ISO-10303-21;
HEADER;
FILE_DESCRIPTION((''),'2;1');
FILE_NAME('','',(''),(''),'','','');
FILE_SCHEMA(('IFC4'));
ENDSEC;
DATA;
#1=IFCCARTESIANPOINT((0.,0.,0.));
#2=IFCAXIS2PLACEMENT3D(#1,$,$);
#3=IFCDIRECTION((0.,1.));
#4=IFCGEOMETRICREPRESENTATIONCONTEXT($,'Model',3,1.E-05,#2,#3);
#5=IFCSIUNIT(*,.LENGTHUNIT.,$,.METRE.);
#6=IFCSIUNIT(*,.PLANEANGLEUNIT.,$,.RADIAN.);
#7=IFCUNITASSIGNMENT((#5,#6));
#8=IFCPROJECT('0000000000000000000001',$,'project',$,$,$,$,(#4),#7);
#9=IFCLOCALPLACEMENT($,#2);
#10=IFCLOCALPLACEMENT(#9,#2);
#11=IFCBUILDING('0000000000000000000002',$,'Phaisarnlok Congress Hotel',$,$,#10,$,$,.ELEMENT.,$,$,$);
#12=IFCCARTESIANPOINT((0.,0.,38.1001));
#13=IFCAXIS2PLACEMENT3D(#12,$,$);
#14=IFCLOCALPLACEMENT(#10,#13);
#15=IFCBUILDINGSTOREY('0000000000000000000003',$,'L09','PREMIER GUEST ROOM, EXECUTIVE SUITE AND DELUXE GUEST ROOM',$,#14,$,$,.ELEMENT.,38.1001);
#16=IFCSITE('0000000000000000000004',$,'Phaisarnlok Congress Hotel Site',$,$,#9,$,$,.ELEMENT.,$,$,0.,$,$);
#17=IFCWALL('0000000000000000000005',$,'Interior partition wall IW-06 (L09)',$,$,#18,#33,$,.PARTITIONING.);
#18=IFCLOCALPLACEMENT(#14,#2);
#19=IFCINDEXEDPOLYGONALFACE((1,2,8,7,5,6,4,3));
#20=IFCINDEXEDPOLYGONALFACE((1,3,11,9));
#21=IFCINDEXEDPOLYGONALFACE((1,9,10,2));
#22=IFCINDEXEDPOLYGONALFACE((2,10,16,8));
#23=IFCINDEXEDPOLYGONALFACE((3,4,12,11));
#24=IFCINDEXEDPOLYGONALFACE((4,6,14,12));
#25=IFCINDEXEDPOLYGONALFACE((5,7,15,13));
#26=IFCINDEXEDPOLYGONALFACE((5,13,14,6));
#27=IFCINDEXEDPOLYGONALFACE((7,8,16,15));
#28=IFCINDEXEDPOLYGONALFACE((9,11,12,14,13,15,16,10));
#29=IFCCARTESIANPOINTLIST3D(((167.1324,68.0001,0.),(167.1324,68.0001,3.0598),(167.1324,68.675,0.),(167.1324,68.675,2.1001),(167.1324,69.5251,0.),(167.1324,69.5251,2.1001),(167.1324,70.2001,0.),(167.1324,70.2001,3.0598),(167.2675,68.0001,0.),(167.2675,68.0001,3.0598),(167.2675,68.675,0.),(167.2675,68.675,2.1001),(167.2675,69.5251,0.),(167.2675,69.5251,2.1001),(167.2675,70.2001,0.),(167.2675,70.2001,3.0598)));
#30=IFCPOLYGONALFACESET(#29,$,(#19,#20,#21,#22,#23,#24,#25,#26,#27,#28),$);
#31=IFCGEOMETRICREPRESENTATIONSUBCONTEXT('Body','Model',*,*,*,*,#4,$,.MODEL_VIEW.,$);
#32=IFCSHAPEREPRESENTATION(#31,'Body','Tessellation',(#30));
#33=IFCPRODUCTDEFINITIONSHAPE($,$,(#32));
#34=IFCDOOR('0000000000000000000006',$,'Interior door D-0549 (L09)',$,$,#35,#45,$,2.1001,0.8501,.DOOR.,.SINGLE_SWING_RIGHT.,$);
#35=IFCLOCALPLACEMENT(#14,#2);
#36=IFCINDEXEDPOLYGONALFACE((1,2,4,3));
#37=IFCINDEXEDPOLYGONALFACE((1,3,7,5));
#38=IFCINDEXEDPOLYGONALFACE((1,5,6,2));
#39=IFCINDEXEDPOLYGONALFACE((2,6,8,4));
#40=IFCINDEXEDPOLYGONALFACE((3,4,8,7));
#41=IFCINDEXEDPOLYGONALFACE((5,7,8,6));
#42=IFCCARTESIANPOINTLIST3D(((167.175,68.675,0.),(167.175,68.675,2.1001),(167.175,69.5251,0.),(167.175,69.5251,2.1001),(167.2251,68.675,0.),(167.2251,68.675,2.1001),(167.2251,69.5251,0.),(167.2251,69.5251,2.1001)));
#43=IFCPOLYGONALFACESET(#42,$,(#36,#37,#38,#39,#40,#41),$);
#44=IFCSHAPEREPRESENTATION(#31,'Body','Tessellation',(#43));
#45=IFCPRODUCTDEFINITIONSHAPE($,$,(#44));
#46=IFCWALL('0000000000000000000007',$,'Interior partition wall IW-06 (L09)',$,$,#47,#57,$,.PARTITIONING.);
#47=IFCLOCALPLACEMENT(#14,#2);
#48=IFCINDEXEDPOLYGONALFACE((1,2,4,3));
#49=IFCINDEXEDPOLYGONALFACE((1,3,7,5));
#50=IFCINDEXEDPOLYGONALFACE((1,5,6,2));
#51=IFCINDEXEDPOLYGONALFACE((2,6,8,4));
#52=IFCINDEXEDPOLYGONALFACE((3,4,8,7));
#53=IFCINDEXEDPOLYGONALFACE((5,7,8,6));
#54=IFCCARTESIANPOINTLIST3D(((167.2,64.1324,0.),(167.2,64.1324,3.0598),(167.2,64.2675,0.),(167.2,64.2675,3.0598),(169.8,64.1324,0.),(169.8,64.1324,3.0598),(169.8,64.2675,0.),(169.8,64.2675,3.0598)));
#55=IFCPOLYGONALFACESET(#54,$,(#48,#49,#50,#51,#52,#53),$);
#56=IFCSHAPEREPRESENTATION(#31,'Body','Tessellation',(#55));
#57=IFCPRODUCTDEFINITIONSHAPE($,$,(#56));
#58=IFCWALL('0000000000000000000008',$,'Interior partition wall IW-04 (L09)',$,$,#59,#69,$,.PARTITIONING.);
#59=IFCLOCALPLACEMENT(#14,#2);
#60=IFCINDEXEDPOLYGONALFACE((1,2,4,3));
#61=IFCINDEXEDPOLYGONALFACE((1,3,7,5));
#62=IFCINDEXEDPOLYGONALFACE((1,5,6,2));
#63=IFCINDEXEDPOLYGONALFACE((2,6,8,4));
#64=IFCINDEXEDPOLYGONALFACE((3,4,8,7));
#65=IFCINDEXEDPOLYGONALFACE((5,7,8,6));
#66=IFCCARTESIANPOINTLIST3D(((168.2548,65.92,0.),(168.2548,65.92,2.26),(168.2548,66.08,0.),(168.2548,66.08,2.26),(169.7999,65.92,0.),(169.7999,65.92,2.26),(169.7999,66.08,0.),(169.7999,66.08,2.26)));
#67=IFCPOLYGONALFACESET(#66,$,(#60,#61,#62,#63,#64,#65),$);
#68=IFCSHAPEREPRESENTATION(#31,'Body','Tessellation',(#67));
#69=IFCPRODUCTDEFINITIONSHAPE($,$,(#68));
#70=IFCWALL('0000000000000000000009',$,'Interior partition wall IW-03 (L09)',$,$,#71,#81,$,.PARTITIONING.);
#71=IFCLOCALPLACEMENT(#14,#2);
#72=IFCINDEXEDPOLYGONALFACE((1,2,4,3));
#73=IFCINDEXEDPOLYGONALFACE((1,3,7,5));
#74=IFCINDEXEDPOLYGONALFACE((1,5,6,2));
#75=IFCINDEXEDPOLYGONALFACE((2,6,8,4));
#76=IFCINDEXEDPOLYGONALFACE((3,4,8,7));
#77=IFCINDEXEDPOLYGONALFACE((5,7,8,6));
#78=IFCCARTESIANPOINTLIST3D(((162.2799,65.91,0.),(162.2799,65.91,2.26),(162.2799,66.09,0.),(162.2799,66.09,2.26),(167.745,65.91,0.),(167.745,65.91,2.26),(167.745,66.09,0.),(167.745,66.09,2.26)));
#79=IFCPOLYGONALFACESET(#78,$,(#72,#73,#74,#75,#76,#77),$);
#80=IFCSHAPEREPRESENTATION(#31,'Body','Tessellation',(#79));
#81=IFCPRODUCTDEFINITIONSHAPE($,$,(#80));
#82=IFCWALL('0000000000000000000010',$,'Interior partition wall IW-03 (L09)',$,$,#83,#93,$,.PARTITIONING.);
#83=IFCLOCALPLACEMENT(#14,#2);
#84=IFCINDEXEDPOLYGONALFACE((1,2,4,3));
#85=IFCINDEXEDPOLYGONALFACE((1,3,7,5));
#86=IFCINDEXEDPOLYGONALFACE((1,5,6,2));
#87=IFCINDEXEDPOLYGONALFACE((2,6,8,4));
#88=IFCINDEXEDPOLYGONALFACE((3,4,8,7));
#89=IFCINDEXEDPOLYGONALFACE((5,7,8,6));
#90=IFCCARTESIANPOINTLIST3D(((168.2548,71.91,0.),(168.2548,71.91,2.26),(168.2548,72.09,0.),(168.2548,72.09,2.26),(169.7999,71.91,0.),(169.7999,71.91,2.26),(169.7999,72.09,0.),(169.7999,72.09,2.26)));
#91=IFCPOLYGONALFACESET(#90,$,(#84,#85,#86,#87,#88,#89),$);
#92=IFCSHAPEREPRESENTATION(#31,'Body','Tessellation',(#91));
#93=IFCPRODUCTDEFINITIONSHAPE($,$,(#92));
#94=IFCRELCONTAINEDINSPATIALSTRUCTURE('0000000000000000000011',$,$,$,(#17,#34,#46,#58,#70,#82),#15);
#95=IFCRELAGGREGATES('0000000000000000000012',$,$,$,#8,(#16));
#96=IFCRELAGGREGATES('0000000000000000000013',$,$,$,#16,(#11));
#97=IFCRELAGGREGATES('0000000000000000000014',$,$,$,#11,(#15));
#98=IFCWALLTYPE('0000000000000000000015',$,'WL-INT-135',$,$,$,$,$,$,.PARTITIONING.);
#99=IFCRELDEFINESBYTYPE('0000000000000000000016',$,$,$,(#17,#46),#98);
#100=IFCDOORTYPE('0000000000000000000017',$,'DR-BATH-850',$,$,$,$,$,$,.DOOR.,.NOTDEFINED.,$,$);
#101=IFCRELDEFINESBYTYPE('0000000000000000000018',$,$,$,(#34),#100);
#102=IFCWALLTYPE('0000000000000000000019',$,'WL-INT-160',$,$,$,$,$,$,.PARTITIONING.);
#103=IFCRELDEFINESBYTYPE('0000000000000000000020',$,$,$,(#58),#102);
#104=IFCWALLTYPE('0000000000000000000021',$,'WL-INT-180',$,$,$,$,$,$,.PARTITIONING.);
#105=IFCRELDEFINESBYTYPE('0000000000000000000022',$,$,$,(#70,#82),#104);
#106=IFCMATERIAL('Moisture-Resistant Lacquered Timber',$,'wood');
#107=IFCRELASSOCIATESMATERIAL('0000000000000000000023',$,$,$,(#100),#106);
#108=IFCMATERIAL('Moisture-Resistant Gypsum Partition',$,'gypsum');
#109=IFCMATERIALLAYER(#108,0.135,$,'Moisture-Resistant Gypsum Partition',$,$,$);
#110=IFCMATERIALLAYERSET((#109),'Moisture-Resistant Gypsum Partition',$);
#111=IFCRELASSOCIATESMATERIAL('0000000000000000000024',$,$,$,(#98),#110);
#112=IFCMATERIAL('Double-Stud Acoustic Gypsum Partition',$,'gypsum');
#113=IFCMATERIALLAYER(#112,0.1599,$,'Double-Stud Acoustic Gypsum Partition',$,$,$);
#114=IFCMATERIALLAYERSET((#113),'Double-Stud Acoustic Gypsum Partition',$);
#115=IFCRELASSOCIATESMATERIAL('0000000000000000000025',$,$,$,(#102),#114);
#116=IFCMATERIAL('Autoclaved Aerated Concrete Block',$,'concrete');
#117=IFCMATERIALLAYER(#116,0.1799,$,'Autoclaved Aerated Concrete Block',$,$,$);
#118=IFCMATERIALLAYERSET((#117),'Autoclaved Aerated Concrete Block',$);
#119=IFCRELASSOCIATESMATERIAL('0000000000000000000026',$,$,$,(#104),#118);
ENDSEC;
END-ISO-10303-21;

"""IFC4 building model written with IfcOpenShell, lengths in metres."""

from ifc_helpers import new_model, si_unit, direction, frame, frame_2d, origin, place, context, subcontext, project, spatial, rectangle, extrude, material, layer, layer_set, type_object, element, fill, save


model = new_model("IFC4")

# Units and contexts
model_context = context("Model", 3, precision=1e-05, world=origin(), true_north=direction((0.0, 1.0)))
body_context = subcontext(model_context, "Body", "Model", "MODEL_VIEW")
ifc_project = project(units=[si_unit("LENGTHUNIT", "METRE"), si_unit("PLANEANGLEUNIT", "RADIAN")], contexts=[model_context])

# Site, building, storey
site_placement = place(None, origin())
site = spatial("IfcSite", under=ifc_project, at=site_placement, Name="Phaisarnlok Congress Hotel Site", CompositionType="ELEMENT", RefElevation=0.0)
building_placement = place(site_placement, origin())
building = spatial("IfcBuilding", under=site, at=building_placement, Name="Phaisarnlok Congress Hotel", CompositionType="ELEMENT")
storey_placement = place(building_placement, frame((0.0, 0.0, 38.1001)))
storey = spatial("IfcBuildingStorey", under=building, at=storey_placement, Name="L09", Description="PREMIER GUEST ROOM, EXECUTIVE SUITE AND DELUXE GUEST ROOM", CompositionType="ELEMENT", Elevation=38.1001)

# Shared definitions
ifc_material_1 = material(Name="Moisture-Resistant Lacquered Timber", Category="wood")
door_type = type_object("IfcDoorType", Name="DR-BATH-850", OperationType="NOTDEFINED", PredefinedType="DOOR", material=ifc_material_1)

# Wall, opening, door
ifc_material_2 = material(Name="Moisture-Resistant Gypsum Partition", Category="gypsum")
ifc_layer_1 = layer(ifc_material_2, 0.135, Name="Moisture-Resistant Gypsum Partition")
ifc_layer_set_1 = layer_set([ifc_layer_1], Name="Moisture-Resistant Gypsum Partition")
wall_type_1 = type_object("IfcWallType", Name="WL-INT-135", PredefinedType="PARTITIONING", material=ifc_layer_set_1)
wall_1_placement = place(storey_placement, frame((167.2, 68.0, 0.0), z_axis=(0.0, 0.0, 1.0), x_axis=(0.0, 1.0, 0.0)))
wall_1 = element("IfcWall", 1, at=wall_1_placement, inside=storey, type_object=wall_type_1, Name="Interior partition wall IW-06 (L09)", PredefinedType="PARTITIONING", context=body_context, shape_type="SweptSolid", body=[
    extrude(rectangle(XDim=2.2, YDim=0.135, at=frame_2d((1.1001, 0.0))), origin(), (0.0, 0.0, 1.0), 3.0598),
])
opening_1_placement = place(wall_1_placement, frame((0.675, 0.0, 0.0)))
opening_1 = element("IfcOpeningElement", 2, at=opening_1_placement, cuts=wall_1, PredefinedType="OPENING", context=body_context, shape_type="SweptSolid", body=[
    extrude(rectangle(XDim=0.8501, YDim=2.1001, at=frame_2d((0.425, 1.05))), frame((0.0, 0.0776, 0.0), z_axis=(0.0, -1.0, 0.0), x_axis=(1.0, 0.0, 0.0)), (0.0, 0.0, 1.0), 0.155),
])
door_1_placement = place(opening_1_placement, origin())
door_1 = element("IfcDoor", 3, at=door_1_placement, inside=storey, type_object=door_type, Name="Interior door D-0549 (L09)", OperationType="SINGLE_SWING_RIGHT", OverallHeight=2.1001, OverallWidth=0.8501, PredefinedType="DOOR", context=body_context, shape_type="SweptSolid", body=[
    extrude(rectangle(XDim=0.8501, YDim=2.1001, at=frame_2d((0.425, 1.05))), frame((0.0, 0.0249, 0.0), z_axis=(0.0, -1.0, 0.0), x_axis=(1.0, 0.0, 0.0)), (0.0, 0.0, 1.0), 0.05),
])
fill(opening_1, door_1)

# Walls
wall_2_placement = place(storey_placement, frame((167.2, 64.2, 0.0), z_axis=(0.0, 0.0, 1.0), x_axis=(1.0, 0.0, 0.0)))
element("IfcWall", 4, at=wall_2_placement, inside=storey, type_object=wall_type_1, Name="Interior partition wall IW-06 (L09)", PredefinedType="PARTITIONING", context=body_context, shape_type="SweptSolid", body=[
    extrude(rectangle(XDim=2.6001, YDim=0.135, at=frame_2d((1.3, 0.0))), origin(), (0.0, 0.0, 1.0), 3.0598),
])
ifc_material_3 = material(Name="Double-Stud Acoustic Gypsum Partition", Category="gypsum")
ifc_layer_2 = layer(ifc_material_3, 0.1599, Name="Double-Stud Acoustic Gypsum Partition")
ifc_layer_set_2 = layer_set([ifc_layer_2], Name="Double-Stud Acoustic Gypsum Partition")
wall_type_2 = type_object("IfcWallType", Name="WL-INT-160", PredefinedType="PARTITIONING", material=ifc_layer_set_2)
wall_3_placement = place(storey_placement, frame((168.2549, 66.0, 0.0), z_axis=(0.0, 0.0, 1.0), x_axis=(1.0, 0.0, 0.0)))
element("IfcWall", 5, at=wall_3_placement, inside=storey, type_object=wall_type_2, Name="Interior partition wall IW-04 (L09)", PredefinedType="PARTITIONING", context=body_context, shape_type="SweptSolid", body=[
    extrude(rectangle(XDim=1.5452, YDim=0.1599, at=frame_2d((0.7725, 0.0))), origin(), (0.0, 0.0, 1.0), 2.26),
])
ifc_material_4 = material(Name="Autoclaved Aerated Concrete Block", Category="concrete")
ifc_layer_3 = layer(ifc_material_4, 0.1799, Name="Autoclaved Aerated Concrete Block")
ifc_layer_set_3 = layer_set([ifc_layer_3], Name="Autoclaved Aerated Concrete Block")
wall_type_3 = type_object("IfcWallType", Name="WL-INT-180", PredefinedType="PARTITIONING", material=ifc_layer_set_3)
wall_4_placement = place(storey_placement, frame((162.28, 66.0, 0.0), z_axis=(0.0, 0.0, 1.0), x_axis=(1.0, 0.0, 0.0)))
element("IfcWall", 6, at=wall_4_placement, inside=storey, type_object=wall_type_3, Name="Interior partition wall IW-03 (L09)", PredefinedType="PARTITIONING", context=body_context, shape_type="SweptSolid", body=[
    extrude(rectangle(XDim=5.4651, YDim=0.1799, at=frame_2d((2.7324, 0.0))), origin(), (0.0, 0.0, 1.0), 2.26),
])
wall_5_placement = place(storey_placement, frame((168.2549, 72.0, 0.0), z_axis=(0.0, 0.0, 1.0), x_axis=(1.0, 0.0, 0.0)))
element("IfcWall", 7, at=wall_5_placement, inside=storey, type_object=wall_type_3, Name="Interior partition wall IW-03 (L09)", PredefinedType="PARTITIONING", context=body_context, shape_type="SweptSolid", body=[
    extrude(rectangle(XDim=1.5452, YDim=0.1799, at=frame_2d((0.7725, 0.0))), origin(), (0.0, 0.0, 1.0), 2.26),
])

save(model, "model.ifc")
